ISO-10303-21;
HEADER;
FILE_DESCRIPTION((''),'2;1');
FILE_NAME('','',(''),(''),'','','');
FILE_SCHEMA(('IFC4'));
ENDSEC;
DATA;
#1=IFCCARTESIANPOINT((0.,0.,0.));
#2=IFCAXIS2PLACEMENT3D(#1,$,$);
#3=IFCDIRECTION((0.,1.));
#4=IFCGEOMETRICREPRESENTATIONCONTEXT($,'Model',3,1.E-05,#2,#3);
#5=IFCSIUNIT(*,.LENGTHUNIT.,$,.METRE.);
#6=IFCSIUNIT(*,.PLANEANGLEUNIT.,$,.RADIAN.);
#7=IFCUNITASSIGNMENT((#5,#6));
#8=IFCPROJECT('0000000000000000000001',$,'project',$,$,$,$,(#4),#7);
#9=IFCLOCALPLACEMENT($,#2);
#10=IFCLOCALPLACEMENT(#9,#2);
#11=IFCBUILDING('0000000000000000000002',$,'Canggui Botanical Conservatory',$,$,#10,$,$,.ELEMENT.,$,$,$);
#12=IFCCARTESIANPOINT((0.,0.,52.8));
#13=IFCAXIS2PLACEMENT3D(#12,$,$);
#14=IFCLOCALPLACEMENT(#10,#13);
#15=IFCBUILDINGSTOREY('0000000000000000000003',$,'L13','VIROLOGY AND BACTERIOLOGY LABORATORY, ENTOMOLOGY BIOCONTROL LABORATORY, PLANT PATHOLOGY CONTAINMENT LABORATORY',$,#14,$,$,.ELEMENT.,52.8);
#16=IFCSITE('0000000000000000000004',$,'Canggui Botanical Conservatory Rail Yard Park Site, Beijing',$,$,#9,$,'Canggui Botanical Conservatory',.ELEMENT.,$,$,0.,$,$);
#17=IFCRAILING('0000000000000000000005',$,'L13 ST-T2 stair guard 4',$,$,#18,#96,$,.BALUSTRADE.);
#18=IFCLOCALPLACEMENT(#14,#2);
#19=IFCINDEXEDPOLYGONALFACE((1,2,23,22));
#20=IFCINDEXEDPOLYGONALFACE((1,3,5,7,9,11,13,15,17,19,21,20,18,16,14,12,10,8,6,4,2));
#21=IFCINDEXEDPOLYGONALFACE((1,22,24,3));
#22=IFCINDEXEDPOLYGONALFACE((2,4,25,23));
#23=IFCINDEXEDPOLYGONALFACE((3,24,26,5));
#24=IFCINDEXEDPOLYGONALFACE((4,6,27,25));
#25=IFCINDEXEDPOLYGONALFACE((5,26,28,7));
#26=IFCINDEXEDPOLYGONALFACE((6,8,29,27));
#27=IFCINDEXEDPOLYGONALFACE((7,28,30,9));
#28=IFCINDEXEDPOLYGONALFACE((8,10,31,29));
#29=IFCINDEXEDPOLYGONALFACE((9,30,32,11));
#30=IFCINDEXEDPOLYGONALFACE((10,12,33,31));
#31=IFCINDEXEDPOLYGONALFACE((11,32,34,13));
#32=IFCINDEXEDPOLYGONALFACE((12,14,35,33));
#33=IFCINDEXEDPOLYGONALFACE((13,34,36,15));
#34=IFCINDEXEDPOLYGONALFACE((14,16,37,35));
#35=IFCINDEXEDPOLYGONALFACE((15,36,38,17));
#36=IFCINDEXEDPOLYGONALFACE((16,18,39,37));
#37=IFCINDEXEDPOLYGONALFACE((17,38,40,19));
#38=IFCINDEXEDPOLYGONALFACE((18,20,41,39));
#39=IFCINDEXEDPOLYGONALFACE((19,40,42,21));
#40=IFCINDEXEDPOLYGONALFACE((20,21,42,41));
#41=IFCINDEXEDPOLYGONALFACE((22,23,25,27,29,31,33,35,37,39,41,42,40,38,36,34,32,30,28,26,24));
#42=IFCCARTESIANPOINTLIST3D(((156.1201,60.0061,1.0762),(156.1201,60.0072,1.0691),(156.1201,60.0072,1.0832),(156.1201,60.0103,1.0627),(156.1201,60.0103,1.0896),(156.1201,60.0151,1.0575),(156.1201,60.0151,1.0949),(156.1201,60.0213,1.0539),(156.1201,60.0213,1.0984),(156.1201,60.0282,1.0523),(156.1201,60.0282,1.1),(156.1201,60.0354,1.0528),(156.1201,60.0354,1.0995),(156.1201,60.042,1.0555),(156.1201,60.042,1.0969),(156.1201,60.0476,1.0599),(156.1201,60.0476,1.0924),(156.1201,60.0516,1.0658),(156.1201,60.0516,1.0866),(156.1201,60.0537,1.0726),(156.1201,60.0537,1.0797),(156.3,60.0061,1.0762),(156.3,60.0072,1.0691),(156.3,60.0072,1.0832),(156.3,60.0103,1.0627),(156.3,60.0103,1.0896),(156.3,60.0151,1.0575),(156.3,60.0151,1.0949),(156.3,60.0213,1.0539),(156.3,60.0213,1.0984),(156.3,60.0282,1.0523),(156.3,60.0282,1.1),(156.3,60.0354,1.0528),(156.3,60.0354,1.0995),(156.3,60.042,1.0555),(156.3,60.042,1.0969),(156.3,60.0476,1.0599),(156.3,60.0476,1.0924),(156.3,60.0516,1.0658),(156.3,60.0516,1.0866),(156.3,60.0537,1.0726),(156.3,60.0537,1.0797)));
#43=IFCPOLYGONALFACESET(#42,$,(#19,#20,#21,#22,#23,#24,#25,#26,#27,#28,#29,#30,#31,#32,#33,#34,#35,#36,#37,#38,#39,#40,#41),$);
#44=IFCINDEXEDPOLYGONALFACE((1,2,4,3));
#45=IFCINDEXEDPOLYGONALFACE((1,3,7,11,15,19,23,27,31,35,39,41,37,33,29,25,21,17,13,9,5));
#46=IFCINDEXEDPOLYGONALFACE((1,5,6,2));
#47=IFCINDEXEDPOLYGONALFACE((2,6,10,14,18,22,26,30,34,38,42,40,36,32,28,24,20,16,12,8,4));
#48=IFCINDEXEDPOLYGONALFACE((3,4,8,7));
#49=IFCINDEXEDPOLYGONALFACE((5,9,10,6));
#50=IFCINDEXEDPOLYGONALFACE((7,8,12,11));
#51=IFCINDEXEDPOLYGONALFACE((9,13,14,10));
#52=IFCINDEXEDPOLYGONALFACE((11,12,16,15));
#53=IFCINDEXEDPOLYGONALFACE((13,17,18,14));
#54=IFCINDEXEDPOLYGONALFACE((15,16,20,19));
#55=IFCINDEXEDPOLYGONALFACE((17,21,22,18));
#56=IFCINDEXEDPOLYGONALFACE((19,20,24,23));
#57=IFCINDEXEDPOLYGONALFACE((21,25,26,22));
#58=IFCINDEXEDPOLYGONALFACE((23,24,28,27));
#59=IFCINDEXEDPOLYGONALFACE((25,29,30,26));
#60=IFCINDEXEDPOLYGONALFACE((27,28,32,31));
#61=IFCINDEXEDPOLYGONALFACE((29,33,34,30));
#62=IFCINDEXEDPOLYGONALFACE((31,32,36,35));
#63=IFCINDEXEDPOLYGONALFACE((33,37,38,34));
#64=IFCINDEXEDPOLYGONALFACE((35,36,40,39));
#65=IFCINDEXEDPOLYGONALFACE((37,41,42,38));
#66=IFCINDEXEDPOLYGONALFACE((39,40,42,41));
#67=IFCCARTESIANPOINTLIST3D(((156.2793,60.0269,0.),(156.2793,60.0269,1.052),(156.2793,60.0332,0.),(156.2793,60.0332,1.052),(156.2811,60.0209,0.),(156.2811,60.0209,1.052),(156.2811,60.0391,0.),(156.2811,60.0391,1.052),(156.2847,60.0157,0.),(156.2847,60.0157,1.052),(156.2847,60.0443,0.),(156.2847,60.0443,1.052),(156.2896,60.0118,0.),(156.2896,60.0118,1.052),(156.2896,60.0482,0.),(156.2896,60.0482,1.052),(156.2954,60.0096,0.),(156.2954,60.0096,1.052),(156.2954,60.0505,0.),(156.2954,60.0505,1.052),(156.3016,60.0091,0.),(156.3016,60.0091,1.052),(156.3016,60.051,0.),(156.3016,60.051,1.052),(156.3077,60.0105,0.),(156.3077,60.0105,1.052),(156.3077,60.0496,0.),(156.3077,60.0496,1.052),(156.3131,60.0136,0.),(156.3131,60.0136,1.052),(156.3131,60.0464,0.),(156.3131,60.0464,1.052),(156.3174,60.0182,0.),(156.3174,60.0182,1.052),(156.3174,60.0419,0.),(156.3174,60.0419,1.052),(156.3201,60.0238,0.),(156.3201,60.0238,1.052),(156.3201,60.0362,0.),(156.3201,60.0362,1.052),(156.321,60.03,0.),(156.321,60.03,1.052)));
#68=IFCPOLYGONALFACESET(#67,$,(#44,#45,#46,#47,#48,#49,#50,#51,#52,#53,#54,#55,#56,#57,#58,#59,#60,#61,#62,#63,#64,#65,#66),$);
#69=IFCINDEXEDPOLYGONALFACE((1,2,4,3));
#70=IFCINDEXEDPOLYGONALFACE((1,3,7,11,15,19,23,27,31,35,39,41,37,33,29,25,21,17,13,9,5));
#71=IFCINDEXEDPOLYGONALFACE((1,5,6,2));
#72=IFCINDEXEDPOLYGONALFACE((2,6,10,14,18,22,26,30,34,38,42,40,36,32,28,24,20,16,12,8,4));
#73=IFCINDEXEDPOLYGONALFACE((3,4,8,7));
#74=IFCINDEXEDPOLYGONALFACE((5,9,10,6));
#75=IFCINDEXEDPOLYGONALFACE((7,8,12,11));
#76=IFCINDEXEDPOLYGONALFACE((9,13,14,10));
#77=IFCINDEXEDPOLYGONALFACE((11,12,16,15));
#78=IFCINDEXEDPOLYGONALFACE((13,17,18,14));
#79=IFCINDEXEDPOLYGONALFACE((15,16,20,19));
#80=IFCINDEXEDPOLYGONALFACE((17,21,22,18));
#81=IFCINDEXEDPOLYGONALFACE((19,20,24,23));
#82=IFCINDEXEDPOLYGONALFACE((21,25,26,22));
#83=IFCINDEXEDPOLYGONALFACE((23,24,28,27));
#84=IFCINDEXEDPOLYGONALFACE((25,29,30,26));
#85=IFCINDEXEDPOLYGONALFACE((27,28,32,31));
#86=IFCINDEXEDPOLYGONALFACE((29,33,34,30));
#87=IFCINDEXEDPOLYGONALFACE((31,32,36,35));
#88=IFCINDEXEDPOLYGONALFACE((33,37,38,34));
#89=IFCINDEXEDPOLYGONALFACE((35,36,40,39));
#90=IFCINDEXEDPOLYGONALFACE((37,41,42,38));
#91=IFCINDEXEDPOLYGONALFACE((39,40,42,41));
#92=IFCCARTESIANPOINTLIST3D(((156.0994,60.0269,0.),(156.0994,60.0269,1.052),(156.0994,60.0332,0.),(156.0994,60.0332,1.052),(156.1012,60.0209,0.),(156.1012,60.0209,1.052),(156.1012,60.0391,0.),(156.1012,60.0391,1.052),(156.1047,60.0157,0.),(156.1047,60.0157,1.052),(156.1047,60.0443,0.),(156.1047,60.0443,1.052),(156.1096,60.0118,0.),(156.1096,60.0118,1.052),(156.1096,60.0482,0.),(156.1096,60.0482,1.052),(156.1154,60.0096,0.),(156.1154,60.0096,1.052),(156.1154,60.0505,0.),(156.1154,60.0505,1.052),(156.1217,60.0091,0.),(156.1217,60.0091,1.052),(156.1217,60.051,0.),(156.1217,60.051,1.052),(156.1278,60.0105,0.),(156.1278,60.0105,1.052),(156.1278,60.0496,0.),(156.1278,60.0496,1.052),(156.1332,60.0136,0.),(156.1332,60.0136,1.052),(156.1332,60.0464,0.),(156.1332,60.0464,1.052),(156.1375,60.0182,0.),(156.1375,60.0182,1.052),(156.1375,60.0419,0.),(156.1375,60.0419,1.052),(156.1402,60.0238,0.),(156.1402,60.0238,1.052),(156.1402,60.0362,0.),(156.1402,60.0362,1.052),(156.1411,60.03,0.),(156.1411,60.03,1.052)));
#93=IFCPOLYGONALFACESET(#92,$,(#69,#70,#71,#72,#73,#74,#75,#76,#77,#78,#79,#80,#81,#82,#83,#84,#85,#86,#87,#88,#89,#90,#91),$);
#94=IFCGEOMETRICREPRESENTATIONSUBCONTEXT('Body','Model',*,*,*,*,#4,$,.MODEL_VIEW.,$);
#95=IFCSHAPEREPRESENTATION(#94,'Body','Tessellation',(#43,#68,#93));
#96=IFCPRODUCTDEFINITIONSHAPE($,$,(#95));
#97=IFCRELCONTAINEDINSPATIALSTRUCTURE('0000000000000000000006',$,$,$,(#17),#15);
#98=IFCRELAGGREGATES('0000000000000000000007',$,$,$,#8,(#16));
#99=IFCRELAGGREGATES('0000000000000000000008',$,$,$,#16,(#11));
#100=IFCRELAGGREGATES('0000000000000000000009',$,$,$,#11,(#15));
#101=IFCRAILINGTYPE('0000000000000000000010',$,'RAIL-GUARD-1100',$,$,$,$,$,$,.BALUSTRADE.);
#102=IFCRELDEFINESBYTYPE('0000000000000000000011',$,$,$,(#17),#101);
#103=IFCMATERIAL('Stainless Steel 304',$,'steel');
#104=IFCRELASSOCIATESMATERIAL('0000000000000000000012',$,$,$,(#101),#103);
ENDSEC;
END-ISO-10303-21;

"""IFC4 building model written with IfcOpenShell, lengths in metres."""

from ifc_helpers import new_model, si_unit, direction, frame, origin, origin_2d, place, context, subcontext, project, spatial, circle, extrude, material, type_object, element, save


model = new_model("IFC4")

# Units and contexts
model_context = context("Model", 3, precision=1e-05, world=origin(), true_north=direction((0.0, 1.0)))
body_context = subcontext(model_context, "Body", "Model", "MODEL_VIEW")
ifc_project = project(units=[si_unit("LENGTHUNIT", "METRE"), si_unit("PLANEANGLEUNIT", "RADIAN")], contexts=[model_context])

# Site, building, storey
site_placement = place(None, origin())
site = spatial("IfcSite", under=ifc_project, at=site_placement, Name="Canggui Botanical Conservatory Rail Yard Park Site, Beijing", LongName="Canggui Botanical Conservatory", CompositionType="ELEMENT", RefElevation=0.0)
building_placement = place(site_placement, origin())
building = spatial("IfcBuilding", under=site, at=building_placement, Name="Canggui Botanical Conservatory", CompositionType="ELEMENT")
storey_placement = place(building_placement, frame((0.0, 0.0, 52.8)))
storey = spatial("IfcBuildingStorey", under=building, at=storey_placement, Name="L13", Description="VIROLOGY AND BACTERIOLOGY LABORATORY, ENTOMOLOGY BIOCONTROL LABORATORY, PLANT PATHOLOGY CONTAINMENT LABORATORY", CompositionType="ELEMENT", Elevation=52.8)

# Railing
ifc_material_1 = material(Name="Stainless Steel 304", Category="steel")
railing_type_1 = type_object("IfcRailingType", Name="RAIL-GUARD-1100", PredefinedType="BALUSTRADE", material=ifc_material_1)
railing_1_placement = place(storey_placement, frame((156.3, 60.03, 0.0)))
element("IfcRailing", 1, at=railing_1_placement, inside=storey, type_object=railing_type_1, Name="L13 ST-T2 stair guard 4", PredefinedType="BALUSTRADE", context=body_context, shape_type="SweptSolid", body=[
    extrude(circle(Radius=0.0239, at=origin_2d()), frame((0.0, 0.0, 1.0762), z_axis=(-1.0, 0.0, 0.0), x_axis=(0.0, -1.0, 0.0)), (0.0, 0.0, 1.0), 0.1799),
    extrude(circle(Radius=0.021, at=origin_2d()), origin(), (0.0, 0.0, 1.0), 1.052),
    extrude(circle(Radius=0.021, at=origin_2d()), frame((-0.1799, 0.0, 0.0)), (0.0, 0.0, 1.0), 1.052),
])

save(model, "model.ifc")
